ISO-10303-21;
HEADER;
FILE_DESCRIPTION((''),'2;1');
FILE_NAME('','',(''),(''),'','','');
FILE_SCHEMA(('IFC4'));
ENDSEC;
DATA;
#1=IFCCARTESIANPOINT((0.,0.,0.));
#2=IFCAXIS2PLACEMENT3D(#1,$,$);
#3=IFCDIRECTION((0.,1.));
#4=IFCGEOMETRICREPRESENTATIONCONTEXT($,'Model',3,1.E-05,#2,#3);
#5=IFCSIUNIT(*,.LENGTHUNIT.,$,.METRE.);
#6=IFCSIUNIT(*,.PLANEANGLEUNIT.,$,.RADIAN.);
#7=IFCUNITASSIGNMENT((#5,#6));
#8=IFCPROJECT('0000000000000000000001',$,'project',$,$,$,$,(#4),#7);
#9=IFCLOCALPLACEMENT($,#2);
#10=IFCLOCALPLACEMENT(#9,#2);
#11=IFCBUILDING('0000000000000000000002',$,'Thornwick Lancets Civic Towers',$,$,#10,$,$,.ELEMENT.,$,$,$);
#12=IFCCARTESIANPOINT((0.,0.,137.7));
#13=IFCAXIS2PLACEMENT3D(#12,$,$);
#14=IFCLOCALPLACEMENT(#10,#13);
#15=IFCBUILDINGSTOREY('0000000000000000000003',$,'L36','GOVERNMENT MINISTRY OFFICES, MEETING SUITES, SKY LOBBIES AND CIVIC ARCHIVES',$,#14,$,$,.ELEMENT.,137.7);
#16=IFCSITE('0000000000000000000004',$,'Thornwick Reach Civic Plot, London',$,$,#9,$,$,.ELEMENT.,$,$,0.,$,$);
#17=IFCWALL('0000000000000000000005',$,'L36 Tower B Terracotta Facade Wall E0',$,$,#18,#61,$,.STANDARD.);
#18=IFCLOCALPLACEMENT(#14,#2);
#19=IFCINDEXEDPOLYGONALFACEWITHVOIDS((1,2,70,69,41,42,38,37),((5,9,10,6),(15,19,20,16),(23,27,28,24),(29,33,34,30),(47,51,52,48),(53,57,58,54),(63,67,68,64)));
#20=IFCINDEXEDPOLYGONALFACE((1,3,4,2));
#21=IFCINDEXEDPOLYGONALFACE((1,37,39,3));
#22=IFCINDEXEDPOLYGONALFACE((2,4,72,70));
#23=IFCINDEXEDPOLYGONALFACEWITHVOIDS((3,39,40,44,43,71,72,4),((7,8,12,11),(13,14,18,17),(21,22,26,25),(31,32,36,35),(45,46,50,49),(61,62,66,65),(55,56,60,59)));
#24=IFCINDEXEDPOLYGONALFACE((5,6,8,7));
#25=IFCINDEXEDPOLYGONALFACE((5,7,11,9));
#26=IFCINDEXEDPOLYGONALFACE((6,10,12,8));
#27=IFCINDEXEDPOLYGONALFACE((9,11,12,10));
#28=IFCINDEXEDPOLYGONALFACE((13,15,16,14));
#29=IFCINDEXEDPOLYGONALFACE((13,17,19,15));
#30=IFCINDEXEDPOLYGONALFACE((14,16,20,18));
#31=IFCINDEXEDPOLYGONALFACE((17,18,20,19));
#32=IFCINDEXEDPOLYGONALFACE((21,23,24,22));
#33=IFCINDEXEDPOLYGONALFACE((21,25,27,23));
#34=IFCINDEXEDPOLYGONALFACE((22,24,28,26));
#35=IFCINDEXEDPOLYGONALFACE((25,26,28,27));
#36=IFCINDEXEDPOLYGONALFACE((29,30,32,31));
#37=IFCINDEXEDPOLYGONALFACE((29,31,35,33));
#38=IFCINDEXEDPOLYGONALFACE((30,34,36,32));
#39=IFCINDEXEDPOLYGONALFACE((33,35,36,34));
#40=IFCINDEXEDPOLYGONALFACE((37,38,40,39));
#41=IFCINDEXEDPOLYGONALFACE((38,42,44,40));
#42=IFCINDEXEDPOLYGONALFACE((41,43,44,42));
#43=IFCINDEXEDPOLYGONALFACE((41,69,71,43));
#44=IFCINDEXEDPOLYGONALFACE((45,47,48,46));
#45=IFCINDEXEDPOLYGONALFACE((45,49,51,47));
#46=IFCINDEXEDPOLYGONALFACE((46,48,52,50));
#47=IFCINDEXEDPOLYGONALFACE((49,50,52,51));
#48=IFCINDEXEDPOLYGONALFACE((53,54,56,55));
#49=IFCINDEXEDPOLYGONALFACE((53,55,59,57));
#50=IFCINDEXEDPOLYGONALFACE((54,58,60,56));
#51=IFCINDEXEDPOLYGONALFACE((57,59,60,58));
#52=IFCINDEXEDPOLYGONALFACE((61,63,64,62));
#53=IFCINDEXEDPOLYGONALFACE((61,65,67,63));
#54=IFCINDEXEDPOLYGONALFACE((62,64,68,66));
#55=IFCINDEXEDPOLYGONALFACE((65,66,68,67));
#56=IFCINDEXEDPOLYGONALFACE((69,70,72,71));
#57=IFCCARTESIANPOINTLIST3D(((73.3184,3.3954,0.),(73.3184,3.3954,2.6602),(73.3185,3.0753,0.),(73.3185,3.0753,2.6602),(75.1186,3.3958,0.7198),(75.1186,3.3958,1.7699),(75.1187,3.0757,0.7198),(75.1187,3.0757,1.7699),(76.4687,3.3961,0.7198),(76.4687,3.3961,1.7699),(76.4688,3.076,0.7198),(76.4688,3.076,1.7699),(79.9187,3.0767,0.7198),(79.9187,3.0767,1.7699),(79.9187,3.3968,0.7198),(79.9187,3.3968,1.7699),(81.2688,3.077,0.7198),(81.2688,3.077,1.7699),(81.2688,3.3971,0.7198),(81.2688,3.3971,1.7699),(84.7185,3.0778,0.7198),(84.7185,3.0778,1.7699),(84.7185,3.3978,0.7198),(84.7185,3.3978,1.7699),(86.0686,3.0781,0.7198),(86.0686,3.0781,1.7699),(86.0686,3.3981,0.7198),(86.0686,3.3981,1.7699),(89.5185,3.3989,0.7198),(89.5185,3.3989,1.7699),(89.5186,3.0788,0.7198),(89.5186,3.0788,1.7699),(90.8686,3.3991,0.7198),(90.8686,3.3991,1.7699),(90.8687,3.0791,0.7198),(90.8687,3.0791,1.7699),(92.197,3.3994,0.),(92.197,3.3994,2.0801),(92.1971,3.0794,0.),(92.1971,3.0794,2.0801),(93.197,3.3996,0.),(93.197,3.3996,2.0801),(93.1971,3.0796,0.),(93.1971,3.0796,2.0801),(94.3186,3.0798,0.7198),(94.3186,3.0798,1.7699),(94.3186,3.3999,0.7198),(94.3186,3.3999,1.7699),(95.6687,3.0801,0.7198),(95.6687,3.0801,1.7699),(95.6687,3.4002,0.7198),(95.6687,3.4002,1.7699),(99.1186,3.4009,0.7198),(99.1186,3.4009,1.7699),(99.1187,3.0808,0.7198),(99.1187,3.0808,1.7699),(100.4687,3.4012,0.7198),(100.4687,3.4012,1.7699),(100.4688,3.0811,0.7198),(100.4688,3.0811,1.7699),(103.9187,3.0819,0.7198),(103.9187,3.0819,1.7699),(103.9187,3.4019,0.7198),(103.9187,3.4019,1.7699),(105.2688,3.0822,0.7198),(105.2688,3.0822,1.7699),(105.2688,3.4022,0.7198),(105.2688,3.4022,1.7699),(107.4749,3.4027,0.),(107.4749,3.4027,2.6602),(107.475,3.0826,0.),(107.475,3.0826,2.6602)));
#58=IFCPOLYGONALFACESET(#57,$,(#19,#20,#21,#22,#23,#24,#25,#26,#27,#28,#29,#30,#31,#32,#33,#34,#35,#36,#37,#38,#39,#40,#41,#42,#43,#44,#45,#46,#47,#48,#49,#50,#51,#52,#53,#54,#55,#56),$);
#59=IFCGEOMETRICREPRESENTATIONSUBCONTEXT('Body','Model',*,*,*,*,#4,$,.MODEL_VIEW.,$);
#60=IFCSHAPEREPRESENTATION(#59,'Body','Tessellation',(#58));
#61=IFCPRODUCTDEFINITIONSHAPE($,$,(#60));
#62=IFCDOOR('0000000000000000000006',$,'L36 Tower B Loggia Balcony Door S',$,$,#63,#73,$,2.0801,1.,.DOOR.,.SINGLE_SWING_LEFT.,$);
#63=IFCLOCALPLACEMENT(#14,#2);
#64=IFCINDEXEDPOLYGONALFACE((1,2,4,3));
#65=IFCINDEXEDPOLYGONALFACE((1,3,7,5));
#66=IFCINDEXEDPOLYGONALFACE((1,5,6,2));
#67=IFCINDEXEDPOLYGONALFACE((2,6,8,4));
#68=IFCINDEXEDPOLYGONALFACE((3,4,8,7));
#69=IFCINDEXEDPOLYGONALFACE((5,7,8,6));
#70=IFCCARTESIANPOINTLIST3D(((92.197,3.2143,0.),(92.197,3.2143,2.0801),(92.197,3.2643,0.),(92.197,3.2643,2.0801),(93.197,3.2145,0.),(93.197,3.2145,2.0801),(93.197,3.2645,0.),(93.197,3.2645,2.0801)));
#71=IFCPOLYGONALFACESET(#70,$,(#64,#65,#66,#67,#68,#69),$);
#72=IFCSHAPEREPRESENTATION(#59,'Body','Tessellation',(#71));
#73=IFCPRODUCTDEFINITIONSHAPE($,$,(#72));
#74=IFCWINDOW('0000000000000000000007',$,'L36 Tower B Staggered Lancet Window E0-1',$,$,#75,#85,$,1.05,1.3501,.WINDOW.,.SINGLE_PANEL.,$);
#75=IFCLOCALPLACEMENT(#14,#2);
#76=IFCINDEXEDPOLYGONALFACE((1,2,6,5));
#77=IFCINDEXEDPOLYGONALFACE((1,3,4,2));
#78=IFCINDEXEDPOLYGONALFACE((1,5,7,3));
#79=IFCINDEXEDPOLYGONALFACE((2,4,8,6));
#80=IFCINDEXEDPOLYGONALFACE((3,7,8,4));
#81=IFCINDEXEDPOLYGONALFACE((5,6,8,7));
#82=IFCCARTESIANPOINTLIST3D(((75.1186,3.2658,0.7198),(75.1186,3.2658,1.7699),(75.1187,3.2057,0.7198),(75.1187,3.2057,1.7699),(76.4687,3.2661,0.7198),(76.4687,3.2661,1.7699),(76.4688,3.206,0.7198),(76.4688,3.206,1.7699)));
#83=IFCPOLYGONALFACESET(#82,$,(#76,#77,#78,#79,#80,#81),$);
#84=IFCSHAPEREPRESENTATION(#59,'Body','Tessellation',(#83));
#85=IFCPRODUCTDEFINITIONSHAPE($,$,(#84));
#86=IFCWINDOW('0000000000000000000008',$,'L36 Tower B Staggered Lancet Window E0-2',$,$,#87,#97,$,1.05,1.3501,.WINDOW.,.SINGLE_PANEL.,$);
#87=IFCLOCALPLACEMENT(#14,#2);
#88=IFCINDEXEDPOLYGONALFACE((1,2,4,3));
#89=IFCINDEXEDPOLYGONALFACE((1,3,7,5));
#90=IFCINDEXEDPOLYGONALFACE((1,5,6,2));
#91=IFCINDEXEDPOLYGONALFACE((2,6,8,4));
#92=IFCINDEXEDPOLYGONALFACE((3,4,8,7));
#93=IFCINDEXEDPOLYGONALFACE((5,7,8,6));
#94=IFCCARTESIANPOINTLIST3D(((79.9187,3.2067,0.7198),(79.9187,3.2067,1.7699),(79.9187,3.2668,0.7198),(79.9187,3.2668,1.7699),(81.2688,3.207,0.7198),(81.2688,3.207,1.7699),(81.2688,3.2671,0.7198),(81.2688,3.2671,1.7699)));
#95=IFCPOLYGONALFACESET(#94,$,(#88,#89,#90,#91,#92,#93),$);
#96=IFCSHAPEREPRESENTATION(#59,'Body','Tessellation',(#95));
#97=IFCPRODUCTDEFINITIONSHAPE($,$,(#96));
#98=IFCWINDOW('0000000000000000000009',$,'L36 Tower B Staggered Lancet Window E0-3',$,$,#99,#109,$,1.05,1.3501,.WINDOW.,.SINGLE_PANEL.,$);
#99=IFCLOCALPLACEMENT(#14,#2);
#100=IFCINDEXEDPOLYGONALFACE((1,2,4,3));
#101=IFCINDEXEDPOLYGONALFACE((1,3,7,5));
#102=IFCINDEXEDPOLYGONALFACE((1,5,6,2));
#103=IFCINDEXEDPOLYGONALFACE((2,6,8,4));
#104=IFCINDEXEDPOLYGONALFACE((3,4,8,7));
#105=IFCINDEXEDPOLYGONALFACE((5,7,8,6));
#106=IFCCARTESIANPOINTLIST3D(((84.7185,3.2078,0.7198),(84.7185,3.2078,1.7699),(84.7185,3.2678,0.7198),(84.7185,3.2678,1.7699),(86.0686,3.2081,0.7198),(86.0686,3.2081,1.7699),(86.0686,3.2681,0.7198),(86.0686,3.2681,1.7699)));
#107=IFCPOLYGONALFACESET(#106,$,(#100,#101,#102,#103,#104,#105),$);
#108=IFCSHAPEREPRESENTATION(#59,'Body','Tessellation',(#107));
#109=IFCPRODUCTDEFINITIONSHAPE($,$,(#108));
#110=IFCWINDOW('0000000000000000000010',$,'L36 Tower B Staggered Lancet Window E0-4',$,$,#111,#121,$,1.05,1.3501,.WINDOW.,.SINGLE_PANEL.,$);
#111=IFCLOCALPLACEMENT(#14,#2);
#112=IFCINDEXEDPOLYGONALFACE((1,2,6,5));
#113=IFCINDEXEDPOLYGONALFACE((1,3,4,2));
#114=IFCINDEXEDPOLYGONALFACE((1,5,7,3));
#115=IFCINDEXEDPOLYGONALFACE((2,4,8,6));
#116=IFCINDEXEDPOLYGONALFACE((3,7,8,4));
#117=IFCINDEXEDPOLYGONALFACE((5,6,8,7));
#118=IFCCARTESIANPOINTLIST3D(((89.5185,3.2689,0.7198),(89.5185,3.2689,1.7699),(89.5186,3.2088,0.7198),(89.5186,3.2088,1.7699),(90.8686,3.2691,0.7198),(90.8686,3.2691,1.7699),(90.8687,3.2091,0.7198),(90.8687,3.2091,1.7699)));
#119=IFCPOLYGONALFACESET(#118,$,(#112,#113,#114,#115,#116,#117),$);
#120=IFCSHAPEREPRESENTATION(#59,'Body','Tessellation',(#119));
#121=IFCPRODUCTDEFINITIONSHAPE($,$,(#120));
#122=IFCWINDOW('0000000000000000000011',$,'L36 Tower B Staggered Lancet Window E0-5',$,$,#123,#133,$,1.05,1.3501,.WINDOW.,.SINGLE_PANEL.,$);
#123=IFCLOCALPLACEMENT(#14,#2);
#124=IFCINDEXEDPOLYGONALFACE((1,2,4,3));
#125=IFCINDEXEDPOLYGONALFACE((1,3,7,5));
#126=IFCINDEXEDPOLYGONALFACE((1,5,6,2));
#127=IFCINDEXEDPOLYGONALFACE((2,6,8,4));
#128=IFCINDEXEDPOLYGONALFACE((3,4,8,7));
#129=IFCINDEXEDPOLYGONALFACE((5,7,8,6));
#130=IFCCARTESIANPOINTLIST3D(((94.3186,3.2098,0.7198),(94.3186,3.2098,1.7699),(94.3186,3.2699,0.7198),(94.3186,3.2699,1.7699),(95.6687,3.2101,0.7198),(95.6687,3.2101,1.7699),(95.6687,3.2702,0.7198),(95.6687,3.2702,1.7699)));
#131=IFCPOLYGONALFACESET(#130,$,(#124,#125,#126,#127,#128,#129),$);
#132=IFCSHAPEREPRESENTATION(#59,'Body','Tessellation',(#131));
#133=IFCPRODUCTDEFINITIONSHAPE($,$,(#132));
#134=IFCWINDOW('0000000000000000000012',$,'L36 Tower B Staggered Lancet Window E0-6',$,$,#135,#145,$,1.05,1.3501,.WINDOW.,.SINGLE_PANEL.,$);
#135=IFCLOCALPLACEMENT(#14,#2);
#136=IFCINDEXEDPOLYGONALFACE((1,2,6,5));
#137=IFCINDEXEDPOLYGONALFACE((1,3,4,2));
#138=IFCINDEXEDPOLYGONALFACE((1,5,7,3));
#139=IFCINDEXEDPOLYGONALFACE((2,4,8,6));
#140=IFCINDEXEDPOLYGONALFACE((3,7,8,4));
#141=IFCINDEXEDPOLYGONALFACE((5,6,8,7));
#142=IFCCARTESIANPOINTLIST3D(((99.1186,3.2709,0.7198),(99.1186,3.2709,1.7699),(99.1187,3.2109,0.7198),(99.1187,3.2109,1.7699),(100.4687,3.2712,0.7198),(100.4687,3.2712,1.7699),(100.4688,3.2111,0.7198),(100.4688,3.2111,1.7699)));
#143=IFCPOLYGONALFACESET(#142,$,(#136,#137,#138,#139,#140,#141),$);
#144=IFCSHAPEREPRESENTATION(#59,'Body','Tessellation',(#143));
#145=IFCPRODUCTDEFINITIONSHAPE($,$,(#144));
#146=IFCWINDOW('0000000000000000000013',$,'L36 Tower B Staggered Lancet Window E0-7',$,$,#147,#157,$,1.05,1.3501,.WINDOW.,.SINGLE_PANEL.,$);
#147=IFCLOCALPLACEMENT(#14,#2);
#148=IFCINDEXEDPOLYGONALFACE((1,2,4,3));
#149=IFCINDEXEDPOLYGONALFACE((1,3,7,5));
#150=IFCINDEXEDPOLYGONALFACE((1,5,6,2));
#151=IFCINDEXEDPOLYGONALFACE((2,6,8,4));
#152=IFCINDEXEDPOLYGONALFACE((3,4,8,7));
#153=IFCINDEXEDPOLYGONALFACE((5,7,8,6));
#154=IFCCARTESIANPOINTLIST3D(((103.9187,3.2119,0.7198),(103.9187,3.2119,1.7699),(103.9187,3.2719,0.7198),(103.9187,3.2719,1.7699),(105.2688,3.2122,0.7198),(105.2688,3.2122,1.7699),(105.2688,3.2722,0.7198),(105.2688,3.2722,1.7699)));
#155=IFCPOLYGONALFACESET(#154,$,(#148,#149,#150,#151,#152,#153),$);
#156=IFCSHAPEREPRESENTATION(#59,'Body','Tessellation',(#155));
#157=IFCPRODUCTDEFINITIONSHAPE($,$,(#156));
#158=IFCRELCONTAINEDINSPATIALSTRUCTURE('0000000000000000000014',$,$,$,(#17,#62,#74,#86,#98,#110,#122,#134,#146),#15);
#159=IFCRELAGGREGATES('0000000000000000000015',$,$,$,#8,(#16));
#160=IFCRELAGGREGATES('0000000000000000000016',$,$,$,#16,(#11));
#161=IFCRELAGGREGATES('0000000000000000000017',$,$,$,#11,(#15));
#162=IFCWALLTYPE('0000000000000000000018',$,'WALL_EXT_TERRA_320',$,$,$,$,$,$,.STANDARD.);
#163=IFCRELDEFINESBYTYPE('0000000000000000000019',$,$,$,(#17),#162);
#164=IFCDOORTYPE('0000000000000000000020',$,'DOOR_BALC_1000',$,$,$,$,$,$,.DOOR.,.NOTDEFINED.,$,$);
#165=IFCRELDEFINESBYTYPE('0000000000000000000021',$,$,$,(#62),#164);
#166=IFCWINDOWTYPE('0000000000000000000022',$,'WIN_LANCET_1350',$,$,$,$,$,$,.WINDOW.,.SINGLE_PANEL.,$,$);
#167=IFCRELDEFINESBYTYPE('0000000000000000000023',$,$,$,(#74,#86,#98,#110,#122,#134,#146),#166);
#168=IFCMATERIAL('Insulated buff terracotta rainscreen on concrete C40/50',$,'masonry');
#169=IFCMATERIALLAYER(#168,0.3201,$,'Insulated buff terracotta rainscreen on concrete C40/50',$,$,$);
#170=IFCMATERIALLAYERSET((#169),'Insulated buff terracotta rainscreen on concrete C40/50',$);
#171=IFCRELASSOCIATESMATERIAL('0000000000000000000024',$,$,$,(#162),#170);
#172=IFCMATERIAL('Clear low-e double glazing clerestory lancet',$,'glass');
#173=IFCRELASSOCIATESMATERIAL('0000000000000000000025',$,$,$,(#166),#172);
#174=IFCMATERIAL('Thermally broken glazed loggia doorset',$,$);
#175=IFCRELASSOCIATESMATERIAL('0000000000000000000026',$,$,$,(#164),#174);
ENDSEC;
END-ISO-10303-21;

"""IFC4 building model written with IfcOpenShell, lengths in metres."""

from ifc_helpers import new_model, si_unit, direction, frame, frame_2d, origin, place, context, subcontext, project, spatial, rectangle, extrude, material, layer, layer_set, type_object, element, fill, save


model = new_model("IFC4")

# Units and contexts
model_context = context("Model", 3, precision=1e-05, world=origin(), true_north=direction((0.0, 1.0)))
body_context = subcontext(model_context, "Body", "Model", "MODEL_VIEW")
ifc_project = project(units=[si_unit("LENGTHUNIT", "METRE"), si_unit("PLANEANGLEUNIT", "RADIAN")], contexts=[model_context])

# Site, building, storey
site_placement = place(None, origin())
site = spatial("IfcSite", under=ifc_project, at=site_placement, Name="Thornwick Reach Civic Plot, London", CompositionType="ELEMENT", RefElevation=0.0)
building_placement = place(site_placement, origin())
building = spatial("IfcBuilding", under=site, at=building_placement, Name="Thornwick Lancets Civic Towers", CompositionType="ELEMENT")
storey_placement = place(building_placement, frame((0.0, 0.0, 137.7)))
storey = spatial("IfcBuildingStorey", under=building, at=storey_placement, Name="L36", Description="GOVERNMENT MINISTRY OFFICES, MEETING SUITES, SKY LOBBIES AND CIVIC ARCHIVES", CompositionType="ELEMENT", Elevation=137.7)

# Shared definitions
ifc_material_1 = material(Name="Insulated buff terracotta rainscreen on concrete C40/50", Category="masonry")
ifc_layer_1 = layer(ifc_material_1, 0.3201, Name="Insulated buff terracotta rainscreen on concrete C40/50")
ifc_layer_set_1 = layer_set([ifc_layer_1], Name="Insulated buff terracotta rainscreen on concrete C40/50")
wall_type_1 = type_object("IfcWallType", Name="WALL_EXT_TERRA_320", PredefinedType="STANDARD", material=ifc_layer_set_1)
ifc_material_2 = material(Name="Clear low-e double glazing clerestory lancet", Category="glass")
window_type = type_object("IfcWindowType", Name="WIN_LANCET_1350", PartitioningType="SINGLE_PANEL", PredefinedType="WINDOW", material=ifc_material_2)

# Wall, openings, door, windows
wall_1_placement = place(storey_placement, frame((73.3186, 3.2354, 0.0), z_axis=(0.0, 0.0, 1.0), x_axis=(1.0, 0.000214, 0.0)))
wall_1 = element("IfcWall", 1, at=wall_1_placement, inside=storey, type_object=wall_type_1, Name="L36 Tower B Terracotta Facade Wall E0", PredefinedType="STANDARD", context=body_context, shape_type="SweptSolid", body=[
    extrude(rectangle(XDim=34.1565, YDim=0.3201, at=frame_2d((17.0781, 0.0))), origin(), (0.0, 0.0, 1.0), 2.6602),
])
opening_1_placement = place(wall_1_placement, frame((18.8784, 0.0, 0.0)))
opening_1 = element("IfcOpeningElement", 2, at=opening_1_placement, cuts=wall_1, PredefinedType="OPENING", context=body_context, shape_type="SweptSolid", body=[
    extrude(rectangle(XDim=1.0, YDim=2.0801, at=frame_2d((0.5, 1.04))), frame((0.0, 0.1699, 0.0), z_axis=(0.0, -1.0, 0.0), x_axis=(1.0, 0.0, 0.0)), (0.0, 0.0, 1.0), 0.3401),
])
opening_2_placement = place(wall_1_placement, frame((1.8, 0.0, 0.72)))
opening_2 = element("IfcOpeningElement", 3, at=opening_2_placement, cuts=wall_1, PredefinedType="OPENING", context=body_context, shape_type="SweptSolid", body=[
    extrude(rectangle(XDim=1.3501, YDim=1.05, at=frame_2d((0.675, 0.5249))), frame((0.0, 0.1699, 0.0), z_axis=(0.0, -1.0, 0.0), x_axis=(1.0, 0.0, 0.0)), (0.0, 0.0, 1.0), 0.3401),
])
opening_3_placement = place(wall_1_placement, frame((6.6001, 0.0, 0.72)))
opening_3 = element("IfcOpeningElement", 4, at=opening_3_placement, cuts=wall_1, PredefinedType="OPENING", context=body_context, shape_type="SweptSolid", body=[
    extrude(rectangle(XDim=1.3501, YDim=1.05, at=frame_2d((0.675, 0.5249))), frame((0.0, 0.1699, 0.0), z_axis=(0.0, -1.0, 0.0), x_axis=(1.0, 0.0, 0.0)), (0.0, 0.0, 1.0), 0.3401),
])
opening_4_placement = place(wall_1_placement, frame((11.3999, 0.0, 0.72)))
opening_4 = element("IfcOpeningElement", 5, at=opening_4_placement, cuts=wall_1, PredefinedType="OPENING", context=body_context, shape_type="SweptSolid", body=[
    extrude(rectangle(XDim=1.3501, YDim=1.05, at=frame_2d((0.675, 0.5249))), frame((0.0, 0.1699, 0.0), z_axis=(0.0, -1.0, 0.0), x_axis=(1.0, 0.0, 0.0)), (0.0, 0.0, 1.0), 0.3401),
])
opening_5_placement = place(wall_1_placement, frame((16.2, 0.0, 0.72)))
opening_5 = element("IfcOpeningElement", 6, at=opening_5_placement, cuts=wall_1, PredefinedType="OPENING", context=body_context, shape_type="SweptSolid", body=[
    extrude(rectangle(XDim=1.3501, YDim=1.05, at=frame_2d((0.675, 0.5249))), frame((0.0, 0.1699, 0.0), z_axis=(0.0, -1.0, 0.0), x_axis=(1.0, 0.0, 0.0)), (0.0, 0.0, 1.0), 0.3401),
])
opening_6_placement = place(wall_1_placement, frame((21.0, 0.0, 0.72)))
opening_6 = element("IfcOpeningElement", 7, at=opening_6_placement, cuts=wall_1, PredefinedType="OPENING", context=body_context, shape_type="SweptSolid", body=[
    extrude(rectangle(XDim=1.3501, YDim=1.05, at=frame_2d((0.675, 0.5249))), frame((0.0, 0.1699, 0.0), z_axis=(0.0, -1.0, 0.0), x_axis=(1.0, 0.0, 0.0)), (0.0, 0.0, 1.0), 0.3401),
])
opening_7_placement = place(wall_1_placement, frame((25.8, 0.0, 0.72)))
opening_7 = element("IfcOpeningElement", 8, at=opening_7_placement, cuts=wall_1, PredefinedType="OPENING", context=body_context, shape_type="SweptSolid", body=[
    extrude(rectangle(XDim=1.3501, YDim=1.05, at=frame_2d((0.675, 0.5249))), frame((0.0, 0.1699, 0.0), z_axis=(0.0, -1.0, 0.0), x_axis=(1.0, 0.0, 0.0)), (0.0, 0.0, 1.0), 0.3401),
])
opening_8_placement = place(wall_1_placement, frame((30.6001, 0.0, 0.72)))
opening_8 = element("IfcOpeningElement", 9, at=opening_8_placement, cuts=wall_1, PredefinedType="OPENING", context=body_context, shape_type="SweptSolid", body=[
    extrude(rectangle(XDim=1.3501, YDim=1.05, at=frame_2d((0.675, 0.5249))), frame((0.0, 0.1699, 0.0), z_axis=(0.0, -1.0, 0.0), x_axis=(1.0, 0.0, 0.0)), (0.0, 0.0, 1.0), 0.3401),
])
ifc_material_3 = material(Name="Thermally broken glazed loggia doorset")
door_type = type_object("IfcDoorType", Name="DOOR_BALC_1000", OperationType="NOTDEFINED", PredefinedType="DOOR", material=ifc_material_3)
door_placement = place(opening_1_placement, origin())
door = element("IfcDoor", 10, at=door_placement, inside=storey, type_object=door_type, Name="L36 Tower B Loggia Balcony Door S", OperationType="SINGLE_SWING_LEFT", OverallHeight=2.0801, OverallWidth=1.0, PredefinedType="DOOR", context=body_context, shape_type="SweptSolid", body=[
    extrude(rectangle(XDim=1.0, YDim=2.0801, at=frame_2d((0.5, 1.04))), frame((0.0, 0.0249, 0.0), z_axis=(0.0, -1.0, 0.0), x_axis=(1.0, 0.0, 0.0)), (0.0, 0.0, 1.0), 0.05),
])
fill(opening_1, door)
window_1_placement = place(opening_2_placement, origin())
window_1 = element("IfcWindow", 11, at=window_1_placement, inside=storey, type_object=window_type, Name="L36 Tower B Staggered Lancet Window E0-1", OverallHeight=1.05, OverallWidth=1.3501, PartitioningType="SINGLE_PANEL", PredefinedType="WINDOW", context=body_context, shape_type="SweptSolid", body=[
    extrude(rectangle(XDim=1.3501, YDim=1.05, at=frame_2d((0.675, 0.5249))), frame((0.0, 0.03, 0.0), z_axis=(0.0, -1.0, 0.0), x_axis=(1.0, 0.0, 0.0)), (0.0, 0.0, 1.0), 0.0601),
])
fill(opening_2, window_1)
window_2_placement = place(opening_3_placement, origin())
window_2 = element("IfcWindow", 12, at=window_2_placement, inside=storey, type_object=window_type, Name="L36 Tower B Staggered Lancet Window E0-2", OverallHeight=1.05, OverallWidth=1.3501, PartitioningType="SINGLE_PANEL", PredefinedType="WINDOW", context=body_context, shape_type="SweptSolid", body=[
    extrude(rectangle(XDim=1.3501, YDim=1.05, at=frame_2d((0.675, 0.5249))), frame((0.0, 0.03, 0.0), z_axis=(0.0, -1.0, 0.0), x_axis=(1.0, 0.0, 0.0)), (0.0, 0.0, 1.0), 0.0601),
])
fill(opening_3, window_2)
window_3_placement = place(opening_4_placement, origin())
window_3 = element("IfcWindow", 13, at=window_3_placement, inside=storey, type_object=window_type, Name="L36 Tower B Staggered Lancet Window E0-3", OverallHeight=1.05, OverallWidth=1.3501, PartitioningType="SINGLE_PANEL", PredefinedType="WINDOW", context=body_context, shape_type="SweptSolid", body=[
    extrude(rectangle(XDim=1.3501, YDim=1.05, at=frame_2d((0.675, 0.5249))), frame((0.0, 0.03, 0.0), z_axis=(0.0, -1.0, 0.0), x_axis=(1.0, 0.0, 0.0)), (0.0, 0.0, 1.0), 0.0601),
])
fill(opening_4, window_3)
window_4_placement = place(opening_5_placement, origin())
window_4 = element("IfcWindow", 14, at=window_4_placement, inside=storey, type_object=window_type, Name="L36 Tower B Staggered Lancet Window E0-4", OverallHeight=1.05, OverallWidth=1.3501, PartitioningType="SINGLE_PANEL", PredefinedType="WINDOW", context=body_context, shape_type="SweptSolid", body=[
    extrude(rectangle(XDim=1.3501, YDim=1.05, at=frame_2d((0.675, 0.5249))), frame((0.0, 0.03, 0.0), z_axis=(0.0, -1.0, 0.0), x_axis=(1.0, 0.0, 0.0)), (0.0, 0.0, 1.0), 0.0601),
])
fill(opening_5, window_4)
window_5_placement = place(opening_6_placement, origin())
window_5 = element("IfcWindow", 15, at=window_5_placement, inside=storey, type_object=window_type, Name="L36 Tower B Staggered Lancet Window E0-5", OverallHeight=1.05, OverallWidth=1.3501, PartitioningType="SINGLE_PANEL", PredefinedType="WINDOW", context=body_context, shape_type="SweptSolid", body=[
    extrude(rectangle(XDim=1.3501, YDim=1.05, at=frame_2d((0.675, 0.5249))), frame((0.0, 0.03, 0.0), z_axis=(0.0, -1.0, 0.0), x_axis=(1.0, 0.0, 0.0)), (0.0, 0.0, 1.0), 0.0601),
])
fill(opening_6, window_5)
window_6_placement = place(opening_7_placement, origin())
window_6 = element("IfcWindow", 16, at=window_6_placement, inside=storey, type_object=window_type, Name="L36 Tower B Staggered Lancet Window E0-6", OverallHeight=1.05, OverallWidth=1.3501, PartitioningType="SINGLE_PANEL", PredefinedType="WINDOW", context=body_context, shape_type="SweptSolid", body=[
    extrude(rectangle(XDim=1.3501, YDim=1.05, at=frame_2d((0.675, 0.5249))), frame((0.0, 0.03, 0.0), z_axis=(0.0, -1.0, 0.0), x_axis=(1.0, 0.0, 0.0)), (0.0, 0.0, 1.0), 0.0601),
])
fill(opening_7, window_6)
window_7_placement = place(opening_8_placement, origin())
window_7 = element("IfcWindow", 17, at=window_7_placement, inside=storey, type_object=window_type, Name="L36 Tower B Staggered Lancet Window E0-7", OverallHeight=1.05, OverallWidth=1.3501, PartitioningType="SINGLE_PANEL", PredefinedType="WINDOW", context=body_context, shape_type="SweptSolid", body=[
    extrude(rectangle(XDim=1.3501, YDim=1.05, at=frame_2d((0.675, 0.5249))), frame((0.0, 0.03, 0.0), z_axis=(0.0, -1.0, 0.0), x_axis=(1.0, 0.0, 0.0)), (0.0, 0.0, 1.0), 0.0601),
])
fill(opening_8, window_7)

save(model, "model.ifc")
